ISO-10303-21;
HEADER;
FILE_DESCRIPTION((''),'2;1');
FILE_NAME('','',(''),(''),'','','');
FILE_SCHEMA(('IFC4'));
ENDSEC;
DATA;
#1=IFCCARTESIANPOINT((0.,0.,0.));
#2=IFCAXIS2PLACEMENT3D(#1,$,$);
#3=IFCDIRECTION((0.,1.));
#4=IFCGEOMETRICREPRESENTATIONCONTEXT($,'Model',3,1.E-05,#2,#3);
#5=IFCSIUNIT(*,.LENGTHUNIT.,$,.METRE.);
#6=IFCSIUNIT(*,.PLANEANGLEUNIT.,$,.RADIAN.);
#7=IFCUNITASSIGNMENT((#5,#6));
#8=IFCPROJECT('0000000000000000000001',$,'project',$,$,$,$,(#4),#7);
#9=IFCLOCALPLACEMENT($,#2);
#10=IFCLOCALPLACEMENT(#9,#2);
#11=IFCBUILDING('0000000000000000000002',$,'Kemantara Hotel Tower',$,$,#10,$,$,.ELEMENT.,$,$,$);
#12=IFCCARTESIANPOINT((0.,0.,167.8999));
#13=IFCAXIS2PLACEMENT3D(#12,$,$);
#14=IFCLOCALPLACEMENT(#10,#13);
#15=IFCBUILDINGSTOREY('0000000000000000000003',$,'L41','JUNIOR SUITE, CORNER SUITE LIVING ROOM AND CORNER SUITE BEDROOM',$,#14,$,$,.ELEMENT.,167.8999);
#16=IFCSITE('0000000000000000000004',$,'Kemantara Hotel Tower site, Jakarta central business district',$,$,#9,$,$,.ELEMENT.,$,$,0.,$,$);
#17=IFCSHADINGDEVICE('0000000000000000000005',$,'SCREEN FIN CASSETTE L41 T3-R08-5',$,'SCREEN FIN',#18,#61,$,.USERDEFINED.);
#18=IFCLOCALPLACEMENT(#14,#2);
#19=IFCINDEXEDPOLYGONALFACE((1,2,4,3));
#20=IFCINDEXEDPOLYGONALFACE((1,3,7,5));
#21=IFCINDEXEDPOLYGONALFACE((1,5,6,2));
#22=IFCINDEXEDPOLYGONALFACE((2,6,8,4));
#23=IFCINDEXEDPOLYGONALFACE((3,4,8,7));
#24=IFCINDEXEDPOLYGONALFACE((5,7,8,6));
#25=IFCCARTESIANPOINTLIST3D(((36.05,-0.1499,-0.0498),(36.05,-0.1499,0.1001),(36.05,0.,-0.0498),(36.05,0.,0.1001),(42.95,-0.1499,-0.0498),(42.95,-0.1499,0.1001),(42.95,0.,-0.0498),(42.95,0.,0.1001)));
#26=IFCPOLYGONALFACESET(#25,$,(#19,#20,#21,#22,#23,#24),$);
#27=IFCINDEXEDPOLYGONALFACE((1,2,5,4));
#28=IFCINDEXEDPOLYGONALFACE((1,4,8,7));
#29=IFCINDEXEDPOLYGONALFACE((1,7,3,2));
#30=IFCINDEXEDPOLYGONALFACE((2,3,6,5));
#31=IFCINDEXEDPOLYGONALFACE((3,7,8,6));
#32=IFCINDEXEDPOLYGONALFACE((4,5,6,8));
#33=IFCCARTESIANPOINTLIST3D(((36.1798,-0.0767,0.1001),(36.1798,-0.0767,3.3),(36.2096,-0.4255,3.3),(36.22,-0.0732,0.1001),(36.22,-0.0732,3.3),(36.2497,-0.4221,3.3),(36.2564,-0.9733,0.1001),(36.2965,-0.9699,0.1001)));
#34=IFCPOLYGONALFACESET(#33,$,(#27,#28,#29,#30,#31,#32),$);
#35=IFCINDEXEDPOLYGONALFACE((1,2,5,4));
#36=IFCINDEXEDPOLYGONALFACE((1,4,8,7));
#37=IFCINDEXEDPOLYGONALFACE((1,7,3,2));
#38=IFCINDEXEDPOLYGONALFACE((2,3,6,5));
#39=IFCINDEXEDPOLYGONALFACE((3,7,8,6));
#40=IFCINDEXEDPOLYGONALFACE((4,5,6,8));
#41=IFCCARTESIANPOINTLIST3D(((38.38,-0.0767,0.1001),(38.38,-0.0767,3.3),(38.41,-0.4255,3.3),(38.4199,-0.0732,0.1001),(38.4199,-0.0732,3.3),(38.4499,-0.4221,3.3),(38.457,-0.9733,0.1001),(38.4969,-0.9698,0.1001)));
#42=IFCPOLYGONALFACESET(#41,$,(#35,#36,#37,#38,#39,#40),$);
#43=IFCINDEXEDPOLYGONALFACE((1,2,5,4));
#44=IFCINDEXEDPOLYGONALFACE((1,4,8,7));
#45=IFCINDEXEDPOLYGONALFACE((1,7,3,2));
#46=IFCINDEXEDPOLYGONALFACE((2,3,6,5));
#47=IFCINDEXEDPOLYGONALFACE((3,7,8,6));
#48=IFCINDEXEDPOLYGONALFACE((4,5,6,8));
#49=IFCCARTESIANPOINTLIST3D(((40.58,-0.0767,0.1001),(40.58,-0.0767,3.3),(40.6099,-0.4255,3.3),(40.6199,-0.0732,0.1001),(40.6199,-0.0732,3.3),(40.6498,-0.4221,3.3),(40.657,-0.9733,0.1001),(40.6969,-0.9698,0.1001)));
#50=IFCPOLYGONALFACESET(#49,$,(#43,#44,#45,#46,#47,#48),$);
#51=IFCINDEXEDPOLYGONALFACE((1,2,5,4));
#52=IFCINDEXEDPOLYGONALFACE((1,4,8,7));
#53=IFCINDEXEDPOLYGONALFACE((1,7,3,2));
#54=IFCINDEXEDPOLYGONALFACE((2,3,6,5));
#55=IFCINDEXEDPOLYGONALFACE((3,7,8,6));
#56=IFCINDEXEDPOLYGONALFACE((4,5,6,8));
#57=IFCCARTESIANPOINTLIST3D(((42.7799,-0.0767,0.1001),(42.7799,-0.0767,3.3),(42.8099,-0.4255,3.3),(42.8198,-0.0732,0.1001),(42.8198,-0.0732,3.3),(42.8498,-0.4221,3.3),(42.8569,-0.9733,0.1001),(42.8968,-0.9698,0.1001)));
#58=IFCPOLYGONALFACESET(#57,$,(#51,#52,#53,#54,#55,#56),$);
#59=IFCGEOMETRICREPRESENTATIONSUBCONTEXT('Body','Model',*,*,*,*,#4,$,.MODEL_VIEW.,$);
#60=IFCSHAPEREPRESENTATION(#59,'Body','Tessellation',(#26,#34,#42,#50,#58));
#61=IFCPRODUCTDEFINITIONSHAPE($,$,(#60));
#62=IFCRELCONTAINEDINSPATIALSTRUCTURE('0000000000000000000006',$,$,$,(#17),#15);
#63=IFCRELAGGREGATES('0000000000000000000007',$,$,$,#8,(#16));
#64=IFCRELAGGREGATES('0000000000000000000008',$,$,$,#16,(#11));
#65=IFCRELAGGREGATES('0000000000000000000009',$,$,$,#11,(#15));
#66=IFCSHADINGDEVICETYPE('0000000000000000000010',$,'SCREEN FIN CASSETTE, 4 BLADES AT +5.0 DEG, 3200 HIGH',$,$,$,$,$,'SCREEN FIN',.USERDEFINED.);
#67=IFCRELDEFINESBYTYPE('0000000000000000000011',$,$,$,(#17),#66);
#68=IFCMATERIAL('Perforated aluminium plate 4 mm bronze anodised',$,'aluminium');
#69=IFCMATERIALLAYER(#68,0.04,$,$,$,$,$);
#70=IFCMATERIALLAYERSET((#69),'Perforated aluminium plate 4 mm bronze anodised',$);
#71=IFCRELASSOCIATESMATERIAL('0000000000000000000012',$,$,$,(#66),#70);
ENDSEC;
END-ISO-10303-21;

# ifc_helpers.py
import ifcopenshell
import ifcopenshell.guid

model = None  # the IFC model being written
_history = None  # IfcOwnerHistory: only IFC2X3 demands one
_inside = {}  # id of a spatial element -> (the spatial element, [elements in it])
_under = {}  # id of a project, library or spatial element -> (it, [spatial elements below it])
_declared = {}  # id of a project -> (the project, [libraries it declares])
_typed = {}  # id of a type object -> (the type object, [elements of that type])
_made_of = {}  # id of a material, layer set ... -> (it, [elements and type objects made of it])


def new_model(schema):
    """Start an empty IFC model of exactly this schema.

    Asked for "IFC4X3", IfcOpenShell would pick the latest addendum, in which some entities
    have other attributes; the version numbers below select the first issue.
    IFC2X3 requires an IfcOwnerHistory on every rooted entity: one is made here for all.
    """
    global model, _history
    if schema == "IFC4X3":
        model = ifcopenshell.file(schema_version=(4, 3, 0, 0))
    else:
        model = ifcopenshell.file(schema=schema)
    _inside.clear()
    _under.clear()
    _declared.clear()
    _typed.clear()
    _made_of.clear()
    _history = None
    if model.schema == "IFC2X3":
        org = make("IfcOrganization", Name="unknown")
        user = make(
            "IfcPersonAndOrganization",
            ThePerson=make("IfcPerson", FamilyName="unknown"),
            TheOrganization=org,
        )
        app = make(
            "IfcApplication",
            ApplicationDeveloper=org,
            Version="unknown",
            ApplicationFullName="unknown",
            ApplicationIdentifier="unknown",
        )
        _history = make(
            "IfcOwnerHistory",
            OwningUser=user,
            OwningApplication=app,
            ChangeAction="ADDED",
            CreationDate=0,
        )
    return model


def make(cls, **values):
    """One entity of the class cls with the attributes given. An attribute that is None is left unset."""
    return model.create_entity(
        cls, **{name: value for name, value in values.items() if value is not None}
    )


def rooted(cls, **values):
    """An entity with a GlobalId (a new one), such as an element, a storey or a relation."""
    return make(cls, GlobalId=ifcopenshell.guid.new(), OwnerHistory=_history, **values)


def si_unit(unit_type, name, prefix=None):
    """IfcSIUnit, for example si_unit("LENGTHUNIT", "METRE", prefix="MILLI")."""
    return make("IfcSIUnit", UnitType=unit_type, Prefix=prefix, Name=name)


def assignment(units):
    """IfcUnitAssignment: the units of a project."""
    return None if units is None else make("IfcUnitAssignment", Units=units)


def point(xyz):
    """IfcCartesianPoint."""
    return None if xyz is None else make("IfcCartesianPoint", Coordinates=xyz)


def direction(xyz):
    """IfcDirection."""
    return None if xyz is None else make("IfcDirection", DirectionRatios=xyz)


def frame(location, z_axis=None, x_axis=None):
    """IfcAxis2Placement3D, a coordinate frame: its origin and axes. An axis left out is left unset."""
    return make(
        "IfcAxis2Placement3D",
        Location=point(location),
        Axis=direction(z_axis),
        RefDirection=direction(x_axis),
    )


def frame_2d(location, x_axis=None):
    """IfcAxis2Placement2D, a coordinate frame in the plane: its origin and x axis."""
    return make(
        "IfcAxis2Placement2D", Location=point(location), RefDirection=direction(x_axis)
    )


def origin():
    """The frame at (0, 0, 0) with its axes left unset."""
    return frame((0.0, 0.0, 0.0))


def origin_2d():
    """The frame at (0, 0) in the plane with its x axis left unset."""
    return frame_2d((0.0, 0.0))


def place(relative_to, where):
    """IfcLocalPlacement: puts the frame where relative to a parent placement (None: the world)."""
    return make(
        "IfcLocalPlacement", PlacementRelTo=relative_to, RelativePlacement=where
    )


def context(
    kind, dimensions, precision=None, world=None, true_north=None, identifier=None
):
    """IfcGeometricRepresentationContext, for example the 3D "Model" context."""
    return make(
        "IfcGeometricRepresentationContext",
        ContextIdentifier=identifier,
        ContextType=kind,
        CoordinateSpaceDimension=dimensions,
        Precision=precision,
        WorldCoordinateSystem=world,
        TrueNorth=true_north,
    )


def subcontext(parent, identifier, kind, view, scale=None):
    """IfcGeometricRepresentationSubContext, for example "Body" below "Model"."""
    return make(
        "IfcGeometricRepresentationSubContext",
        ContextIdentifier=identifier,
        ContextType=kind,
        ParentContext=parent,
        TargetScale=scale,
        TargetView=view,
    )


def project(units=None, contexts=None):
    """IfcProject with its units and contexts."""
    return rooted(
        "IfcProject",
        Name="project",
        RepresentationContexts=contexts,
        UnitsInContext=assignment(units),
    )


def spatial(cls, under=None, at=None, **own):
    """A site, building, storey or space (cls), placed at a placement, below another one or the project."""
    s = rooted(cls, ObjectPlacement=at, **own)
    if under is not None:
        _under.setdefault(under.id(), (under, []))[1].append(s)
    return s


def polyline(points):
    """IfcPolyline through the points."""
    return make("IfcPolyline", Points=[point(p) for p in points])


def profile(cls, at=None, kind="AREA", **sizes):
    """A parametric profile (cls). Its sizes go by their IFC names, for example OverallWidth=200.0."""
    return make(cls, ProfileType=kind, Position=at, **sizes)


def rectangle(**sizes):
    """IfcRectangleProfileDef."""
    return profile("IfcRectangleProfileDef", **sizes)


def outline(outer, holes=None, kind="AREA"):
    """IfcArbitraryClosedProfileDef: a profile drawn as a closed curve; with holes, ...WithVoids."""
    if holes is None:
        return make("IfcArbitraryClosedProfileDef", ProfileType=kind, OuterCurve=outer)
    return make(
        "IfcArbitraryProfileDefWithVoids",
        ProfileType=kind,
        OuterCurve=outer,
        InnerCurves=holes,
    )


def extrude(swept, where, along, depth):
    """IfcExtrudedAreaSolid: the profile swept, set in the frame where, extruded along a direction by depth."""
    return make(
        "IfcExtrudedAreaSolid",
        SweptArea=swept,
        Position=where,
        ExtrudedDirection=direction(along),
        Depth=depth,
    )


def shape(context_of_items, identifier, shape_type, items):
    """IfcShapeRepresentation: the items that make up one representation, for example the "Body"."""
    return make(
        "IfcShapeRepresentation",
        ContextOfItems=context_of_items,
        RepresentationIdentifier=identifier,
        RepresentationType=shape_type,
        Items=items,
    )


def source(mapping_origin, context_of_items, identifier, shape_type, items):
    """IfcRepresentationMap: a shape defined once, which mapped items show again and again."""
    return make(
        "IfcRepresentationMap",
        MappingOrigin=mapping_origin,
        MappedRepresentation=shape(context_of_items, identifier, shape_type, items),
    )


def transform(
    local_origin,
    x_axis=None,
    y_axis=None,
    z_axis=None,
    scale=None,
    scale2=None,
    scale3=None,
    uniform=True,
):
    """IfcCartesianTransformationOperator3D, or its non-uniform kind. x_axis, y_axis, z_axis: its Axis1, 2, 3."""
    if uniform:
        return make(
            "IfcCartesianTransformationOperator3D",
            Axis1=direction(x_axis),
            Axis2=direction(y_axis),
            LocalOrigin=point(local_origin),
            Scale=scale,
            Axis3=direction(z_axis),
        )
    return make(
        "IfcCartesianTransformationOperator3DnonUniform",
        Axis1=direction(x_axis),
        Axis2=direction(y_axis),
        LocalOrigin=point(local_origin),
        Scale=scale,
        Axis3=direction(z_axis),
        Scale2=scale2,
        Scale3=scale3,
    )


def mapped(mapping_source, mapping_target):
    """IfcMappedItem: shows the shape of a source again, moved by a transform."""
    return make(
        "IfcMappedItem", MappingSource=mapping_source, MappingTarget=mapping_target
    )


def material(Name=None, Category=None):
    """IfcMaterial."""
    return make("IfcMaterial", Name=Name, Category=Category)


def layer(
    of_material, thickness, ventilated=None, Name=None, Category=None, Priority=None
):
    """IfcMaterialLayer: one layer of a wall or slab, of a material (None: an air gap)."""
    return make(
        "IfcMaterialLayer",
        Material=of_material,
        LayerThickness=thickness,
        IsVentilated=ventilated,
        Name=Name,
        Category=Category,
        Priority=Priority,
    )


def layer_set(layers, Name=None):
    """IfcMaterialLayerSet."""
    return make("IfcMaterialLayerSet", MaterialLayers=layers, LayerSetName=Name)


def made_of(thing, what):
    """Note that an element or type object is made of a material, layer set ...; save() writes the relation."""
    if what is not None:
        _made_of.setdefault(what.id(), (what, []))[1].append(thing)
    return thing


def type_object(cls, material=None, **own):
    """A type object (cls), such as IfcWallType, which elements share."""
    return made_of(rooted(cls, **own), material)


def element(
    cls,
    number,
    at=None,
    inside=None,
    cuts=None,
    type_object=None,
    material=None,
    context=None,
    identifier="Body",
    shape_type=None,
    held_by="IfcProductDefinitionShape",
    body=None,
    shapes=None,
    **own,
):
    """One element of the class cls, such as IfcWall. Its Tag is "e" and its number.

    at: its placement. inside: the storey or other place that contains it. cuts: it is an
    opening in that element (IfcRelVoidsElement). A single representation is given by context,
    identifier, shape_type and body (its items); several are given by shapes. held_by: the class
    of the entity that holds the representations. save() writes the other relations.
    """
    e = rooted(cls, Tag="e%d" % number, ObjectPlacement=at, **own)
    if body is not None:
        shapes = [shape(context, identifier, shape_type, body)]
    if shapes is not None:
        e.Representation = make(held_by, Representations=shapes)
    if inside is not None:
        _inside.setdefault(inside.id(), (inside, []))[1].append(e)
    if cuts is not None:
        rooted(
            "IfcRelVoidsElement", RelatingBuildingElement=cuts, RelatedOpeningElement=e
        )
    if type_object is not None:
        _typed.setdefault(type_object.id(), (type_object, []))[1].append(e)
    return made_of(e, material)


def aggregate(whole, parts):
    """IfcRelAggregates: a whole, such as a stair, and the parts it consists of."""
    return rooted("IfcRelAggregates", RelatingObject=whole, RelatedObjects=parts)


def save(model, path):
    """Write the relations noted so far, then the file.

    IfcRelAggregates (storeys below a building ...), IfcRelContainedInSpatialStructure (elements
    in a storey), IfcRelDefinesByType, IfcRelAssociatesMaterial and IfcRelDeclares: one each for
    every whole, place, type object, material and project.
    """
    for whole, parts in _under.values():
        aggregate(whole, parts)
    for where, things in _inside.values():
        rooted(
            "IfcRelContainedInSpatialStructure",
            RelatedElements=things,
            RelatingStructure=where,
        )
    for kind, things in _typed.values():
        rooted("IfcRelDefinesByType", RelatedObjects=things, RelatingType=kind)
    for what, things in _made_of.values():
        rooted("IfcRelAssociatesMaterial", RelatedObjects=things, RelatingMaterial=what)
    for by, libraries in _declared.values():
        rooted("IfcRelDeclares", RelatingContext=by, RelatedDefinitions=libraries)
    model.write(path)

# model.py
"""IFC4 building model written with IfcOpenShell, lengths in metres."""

from ifc_helpers import new_model, si_unit, direction, frame, origin, origin_2d, place, context, subcontext, project, spatial, polyline, rectangle, outline, extrude, source, transform, mapped, material, layer, layer_set, type_object, element, save


model = new_model("IFC4")

# Units and contexts
model_context = context("Model", 3, precision=1e-05, world=origin(), true_north=direction((0.0, 1.0)))
body_context = subcontext(model_context, "Body", "Model", "MODEL_VIEW")
ifc_project = project(units=[si_unit("LENGTHUNIT", "METRE"), si_unit("PLANEANGLEUNIT", "RADIAN")], contexts=[model_context])

# Site, building, storey
site_placement = place(None, origin())
site = spatial("IfcSite", under=ifc_project, at=site_placement, Name="Kemantara Hotel Tower site, Jakarta central business district", CompositionType="ELEMENT", RefElevation=0.0)
building_placement = place(site_placement, origin())
building = spatial("IfcBuilding", under=site, at=building_placement, Name="Kemantara Hotel Tower", CompositionType="ELEMENT")
storey_placement = place(building_placement, frame((0.0, 0.0, 167.8999)))
storey = spatial("IfcBuildingStorey", under=building, at=storey_placement, Name="L41", Description="JUNIOR SUITE, CORNER SUITE LIVING ROOM AND CORNER SUITE BEDROOM", CompositionType="ELEMENT", Elevation=167.8999)

# Shading device
ifc_material_1 = material(Name="Perforated aluminium plate 4 mm bronze anodised", Category="aluminium")
ifc_layer_1 = layer(ifc_material_1, 0.04)
ifc_layer_set_1 = layer_set([ifc_layer_1], Name="Perforated aluminium plate 4 mm bronze anodised")
shading_device_type_1 = type_object("IfcShadingDeviceType", Name="SCREEN FIN CASSETTE, 4 BLADES AT +5.0 DEG, 3200 HIGH", ElementType="SCREEN FIN", PredefinedType="USERDEFINED", material=ifc_layer_set_1)
shared_shape_1 = source(origin(), body_context, "Body", "SweptSolid", [
    extrude(rectangle(XDim=6.8999, YDim=0.1499, at=origin_2d()), frame((3.3, -0.075, -0.1499), z_axis=(0.0, 0.0, 1.0), x_axis=(1.0, 0.0, 0.0)), (0.0, 0.0, 1.0), 0.1499),
    extrude(outline(polyline([(0.0, 0.0), (0.8999, 0.0), (0.3501, 3.2), (0.0, 3.2), (0.0, 0.0)])), frame((0.02, -0.0732, 0.0), z_axis=(-0.996376, -0.085056, 0.0), x_axis=(0.085056, -0.996376, 0.0)), (0.0, 0.0, 1.0), 0.0403),
    extrude(outline(polyline([(0.0, 0.0), (0.8999, 0.0), (0.3501, 3.2), (0.0, 3.2), (0.0, 0.0)])), frame((2.22, -0.0732, 0.0), z_axis=(-0.996332, -0.085575, 0.0), x_axis=(0.085575, -0.996332, 0.0)), (0.0, 0.0, 1.0), 0.04),
    extrude(outline(polyline([(0.0, 0.0), (0.8999, 0.0), (0.3501, 3.2), (0.0, 3.2), (0.0, 0.0)])), frame((4.4199, -0.0732, 0.0), z_axis=(-0.996332, -0.085575, 0.0), x_axis=(0.085575, -0.996332, 0.0)), (0.0, 0.0, 1.0), 0.04),
    extrude(outline(polyline([(0.0, 0.0), (0.8999, 0.0), (0.3501, 3.2), (0.0, 3.2), (0.0, 0.0)])), frame((6.6199, -0.0732, 0.0), z_axis=(-0.996332, -0.085575, 0.0), x_axis=(0.085575, -0.996332, 0.0)), (0.0, 0.0, 1.0), 0.04),
])
shading_device_1_placement = place(storey_placement, frame((36.2, 0.0, 0.1001), z_axis=(0.0, 0.0, 1.0), x_axis=(1.0, 0.0, 0.0)))
element("IfcShadingDevice", 1, at=shading_device_1_placement, inside=storey, type_object=shading_device_type_1, Name="SCREEN FIN CASSETTE L41 T3-R08-5", ObjectType="SCREEN FIN", PredefinedType="USERDEFINED", context=body_context, shape_type="MappedRepresentation", body=[
    mapped(shared_shape_1, transform((0.0, 0.0, 0.0))),
])

save(model, "model.ifc")
